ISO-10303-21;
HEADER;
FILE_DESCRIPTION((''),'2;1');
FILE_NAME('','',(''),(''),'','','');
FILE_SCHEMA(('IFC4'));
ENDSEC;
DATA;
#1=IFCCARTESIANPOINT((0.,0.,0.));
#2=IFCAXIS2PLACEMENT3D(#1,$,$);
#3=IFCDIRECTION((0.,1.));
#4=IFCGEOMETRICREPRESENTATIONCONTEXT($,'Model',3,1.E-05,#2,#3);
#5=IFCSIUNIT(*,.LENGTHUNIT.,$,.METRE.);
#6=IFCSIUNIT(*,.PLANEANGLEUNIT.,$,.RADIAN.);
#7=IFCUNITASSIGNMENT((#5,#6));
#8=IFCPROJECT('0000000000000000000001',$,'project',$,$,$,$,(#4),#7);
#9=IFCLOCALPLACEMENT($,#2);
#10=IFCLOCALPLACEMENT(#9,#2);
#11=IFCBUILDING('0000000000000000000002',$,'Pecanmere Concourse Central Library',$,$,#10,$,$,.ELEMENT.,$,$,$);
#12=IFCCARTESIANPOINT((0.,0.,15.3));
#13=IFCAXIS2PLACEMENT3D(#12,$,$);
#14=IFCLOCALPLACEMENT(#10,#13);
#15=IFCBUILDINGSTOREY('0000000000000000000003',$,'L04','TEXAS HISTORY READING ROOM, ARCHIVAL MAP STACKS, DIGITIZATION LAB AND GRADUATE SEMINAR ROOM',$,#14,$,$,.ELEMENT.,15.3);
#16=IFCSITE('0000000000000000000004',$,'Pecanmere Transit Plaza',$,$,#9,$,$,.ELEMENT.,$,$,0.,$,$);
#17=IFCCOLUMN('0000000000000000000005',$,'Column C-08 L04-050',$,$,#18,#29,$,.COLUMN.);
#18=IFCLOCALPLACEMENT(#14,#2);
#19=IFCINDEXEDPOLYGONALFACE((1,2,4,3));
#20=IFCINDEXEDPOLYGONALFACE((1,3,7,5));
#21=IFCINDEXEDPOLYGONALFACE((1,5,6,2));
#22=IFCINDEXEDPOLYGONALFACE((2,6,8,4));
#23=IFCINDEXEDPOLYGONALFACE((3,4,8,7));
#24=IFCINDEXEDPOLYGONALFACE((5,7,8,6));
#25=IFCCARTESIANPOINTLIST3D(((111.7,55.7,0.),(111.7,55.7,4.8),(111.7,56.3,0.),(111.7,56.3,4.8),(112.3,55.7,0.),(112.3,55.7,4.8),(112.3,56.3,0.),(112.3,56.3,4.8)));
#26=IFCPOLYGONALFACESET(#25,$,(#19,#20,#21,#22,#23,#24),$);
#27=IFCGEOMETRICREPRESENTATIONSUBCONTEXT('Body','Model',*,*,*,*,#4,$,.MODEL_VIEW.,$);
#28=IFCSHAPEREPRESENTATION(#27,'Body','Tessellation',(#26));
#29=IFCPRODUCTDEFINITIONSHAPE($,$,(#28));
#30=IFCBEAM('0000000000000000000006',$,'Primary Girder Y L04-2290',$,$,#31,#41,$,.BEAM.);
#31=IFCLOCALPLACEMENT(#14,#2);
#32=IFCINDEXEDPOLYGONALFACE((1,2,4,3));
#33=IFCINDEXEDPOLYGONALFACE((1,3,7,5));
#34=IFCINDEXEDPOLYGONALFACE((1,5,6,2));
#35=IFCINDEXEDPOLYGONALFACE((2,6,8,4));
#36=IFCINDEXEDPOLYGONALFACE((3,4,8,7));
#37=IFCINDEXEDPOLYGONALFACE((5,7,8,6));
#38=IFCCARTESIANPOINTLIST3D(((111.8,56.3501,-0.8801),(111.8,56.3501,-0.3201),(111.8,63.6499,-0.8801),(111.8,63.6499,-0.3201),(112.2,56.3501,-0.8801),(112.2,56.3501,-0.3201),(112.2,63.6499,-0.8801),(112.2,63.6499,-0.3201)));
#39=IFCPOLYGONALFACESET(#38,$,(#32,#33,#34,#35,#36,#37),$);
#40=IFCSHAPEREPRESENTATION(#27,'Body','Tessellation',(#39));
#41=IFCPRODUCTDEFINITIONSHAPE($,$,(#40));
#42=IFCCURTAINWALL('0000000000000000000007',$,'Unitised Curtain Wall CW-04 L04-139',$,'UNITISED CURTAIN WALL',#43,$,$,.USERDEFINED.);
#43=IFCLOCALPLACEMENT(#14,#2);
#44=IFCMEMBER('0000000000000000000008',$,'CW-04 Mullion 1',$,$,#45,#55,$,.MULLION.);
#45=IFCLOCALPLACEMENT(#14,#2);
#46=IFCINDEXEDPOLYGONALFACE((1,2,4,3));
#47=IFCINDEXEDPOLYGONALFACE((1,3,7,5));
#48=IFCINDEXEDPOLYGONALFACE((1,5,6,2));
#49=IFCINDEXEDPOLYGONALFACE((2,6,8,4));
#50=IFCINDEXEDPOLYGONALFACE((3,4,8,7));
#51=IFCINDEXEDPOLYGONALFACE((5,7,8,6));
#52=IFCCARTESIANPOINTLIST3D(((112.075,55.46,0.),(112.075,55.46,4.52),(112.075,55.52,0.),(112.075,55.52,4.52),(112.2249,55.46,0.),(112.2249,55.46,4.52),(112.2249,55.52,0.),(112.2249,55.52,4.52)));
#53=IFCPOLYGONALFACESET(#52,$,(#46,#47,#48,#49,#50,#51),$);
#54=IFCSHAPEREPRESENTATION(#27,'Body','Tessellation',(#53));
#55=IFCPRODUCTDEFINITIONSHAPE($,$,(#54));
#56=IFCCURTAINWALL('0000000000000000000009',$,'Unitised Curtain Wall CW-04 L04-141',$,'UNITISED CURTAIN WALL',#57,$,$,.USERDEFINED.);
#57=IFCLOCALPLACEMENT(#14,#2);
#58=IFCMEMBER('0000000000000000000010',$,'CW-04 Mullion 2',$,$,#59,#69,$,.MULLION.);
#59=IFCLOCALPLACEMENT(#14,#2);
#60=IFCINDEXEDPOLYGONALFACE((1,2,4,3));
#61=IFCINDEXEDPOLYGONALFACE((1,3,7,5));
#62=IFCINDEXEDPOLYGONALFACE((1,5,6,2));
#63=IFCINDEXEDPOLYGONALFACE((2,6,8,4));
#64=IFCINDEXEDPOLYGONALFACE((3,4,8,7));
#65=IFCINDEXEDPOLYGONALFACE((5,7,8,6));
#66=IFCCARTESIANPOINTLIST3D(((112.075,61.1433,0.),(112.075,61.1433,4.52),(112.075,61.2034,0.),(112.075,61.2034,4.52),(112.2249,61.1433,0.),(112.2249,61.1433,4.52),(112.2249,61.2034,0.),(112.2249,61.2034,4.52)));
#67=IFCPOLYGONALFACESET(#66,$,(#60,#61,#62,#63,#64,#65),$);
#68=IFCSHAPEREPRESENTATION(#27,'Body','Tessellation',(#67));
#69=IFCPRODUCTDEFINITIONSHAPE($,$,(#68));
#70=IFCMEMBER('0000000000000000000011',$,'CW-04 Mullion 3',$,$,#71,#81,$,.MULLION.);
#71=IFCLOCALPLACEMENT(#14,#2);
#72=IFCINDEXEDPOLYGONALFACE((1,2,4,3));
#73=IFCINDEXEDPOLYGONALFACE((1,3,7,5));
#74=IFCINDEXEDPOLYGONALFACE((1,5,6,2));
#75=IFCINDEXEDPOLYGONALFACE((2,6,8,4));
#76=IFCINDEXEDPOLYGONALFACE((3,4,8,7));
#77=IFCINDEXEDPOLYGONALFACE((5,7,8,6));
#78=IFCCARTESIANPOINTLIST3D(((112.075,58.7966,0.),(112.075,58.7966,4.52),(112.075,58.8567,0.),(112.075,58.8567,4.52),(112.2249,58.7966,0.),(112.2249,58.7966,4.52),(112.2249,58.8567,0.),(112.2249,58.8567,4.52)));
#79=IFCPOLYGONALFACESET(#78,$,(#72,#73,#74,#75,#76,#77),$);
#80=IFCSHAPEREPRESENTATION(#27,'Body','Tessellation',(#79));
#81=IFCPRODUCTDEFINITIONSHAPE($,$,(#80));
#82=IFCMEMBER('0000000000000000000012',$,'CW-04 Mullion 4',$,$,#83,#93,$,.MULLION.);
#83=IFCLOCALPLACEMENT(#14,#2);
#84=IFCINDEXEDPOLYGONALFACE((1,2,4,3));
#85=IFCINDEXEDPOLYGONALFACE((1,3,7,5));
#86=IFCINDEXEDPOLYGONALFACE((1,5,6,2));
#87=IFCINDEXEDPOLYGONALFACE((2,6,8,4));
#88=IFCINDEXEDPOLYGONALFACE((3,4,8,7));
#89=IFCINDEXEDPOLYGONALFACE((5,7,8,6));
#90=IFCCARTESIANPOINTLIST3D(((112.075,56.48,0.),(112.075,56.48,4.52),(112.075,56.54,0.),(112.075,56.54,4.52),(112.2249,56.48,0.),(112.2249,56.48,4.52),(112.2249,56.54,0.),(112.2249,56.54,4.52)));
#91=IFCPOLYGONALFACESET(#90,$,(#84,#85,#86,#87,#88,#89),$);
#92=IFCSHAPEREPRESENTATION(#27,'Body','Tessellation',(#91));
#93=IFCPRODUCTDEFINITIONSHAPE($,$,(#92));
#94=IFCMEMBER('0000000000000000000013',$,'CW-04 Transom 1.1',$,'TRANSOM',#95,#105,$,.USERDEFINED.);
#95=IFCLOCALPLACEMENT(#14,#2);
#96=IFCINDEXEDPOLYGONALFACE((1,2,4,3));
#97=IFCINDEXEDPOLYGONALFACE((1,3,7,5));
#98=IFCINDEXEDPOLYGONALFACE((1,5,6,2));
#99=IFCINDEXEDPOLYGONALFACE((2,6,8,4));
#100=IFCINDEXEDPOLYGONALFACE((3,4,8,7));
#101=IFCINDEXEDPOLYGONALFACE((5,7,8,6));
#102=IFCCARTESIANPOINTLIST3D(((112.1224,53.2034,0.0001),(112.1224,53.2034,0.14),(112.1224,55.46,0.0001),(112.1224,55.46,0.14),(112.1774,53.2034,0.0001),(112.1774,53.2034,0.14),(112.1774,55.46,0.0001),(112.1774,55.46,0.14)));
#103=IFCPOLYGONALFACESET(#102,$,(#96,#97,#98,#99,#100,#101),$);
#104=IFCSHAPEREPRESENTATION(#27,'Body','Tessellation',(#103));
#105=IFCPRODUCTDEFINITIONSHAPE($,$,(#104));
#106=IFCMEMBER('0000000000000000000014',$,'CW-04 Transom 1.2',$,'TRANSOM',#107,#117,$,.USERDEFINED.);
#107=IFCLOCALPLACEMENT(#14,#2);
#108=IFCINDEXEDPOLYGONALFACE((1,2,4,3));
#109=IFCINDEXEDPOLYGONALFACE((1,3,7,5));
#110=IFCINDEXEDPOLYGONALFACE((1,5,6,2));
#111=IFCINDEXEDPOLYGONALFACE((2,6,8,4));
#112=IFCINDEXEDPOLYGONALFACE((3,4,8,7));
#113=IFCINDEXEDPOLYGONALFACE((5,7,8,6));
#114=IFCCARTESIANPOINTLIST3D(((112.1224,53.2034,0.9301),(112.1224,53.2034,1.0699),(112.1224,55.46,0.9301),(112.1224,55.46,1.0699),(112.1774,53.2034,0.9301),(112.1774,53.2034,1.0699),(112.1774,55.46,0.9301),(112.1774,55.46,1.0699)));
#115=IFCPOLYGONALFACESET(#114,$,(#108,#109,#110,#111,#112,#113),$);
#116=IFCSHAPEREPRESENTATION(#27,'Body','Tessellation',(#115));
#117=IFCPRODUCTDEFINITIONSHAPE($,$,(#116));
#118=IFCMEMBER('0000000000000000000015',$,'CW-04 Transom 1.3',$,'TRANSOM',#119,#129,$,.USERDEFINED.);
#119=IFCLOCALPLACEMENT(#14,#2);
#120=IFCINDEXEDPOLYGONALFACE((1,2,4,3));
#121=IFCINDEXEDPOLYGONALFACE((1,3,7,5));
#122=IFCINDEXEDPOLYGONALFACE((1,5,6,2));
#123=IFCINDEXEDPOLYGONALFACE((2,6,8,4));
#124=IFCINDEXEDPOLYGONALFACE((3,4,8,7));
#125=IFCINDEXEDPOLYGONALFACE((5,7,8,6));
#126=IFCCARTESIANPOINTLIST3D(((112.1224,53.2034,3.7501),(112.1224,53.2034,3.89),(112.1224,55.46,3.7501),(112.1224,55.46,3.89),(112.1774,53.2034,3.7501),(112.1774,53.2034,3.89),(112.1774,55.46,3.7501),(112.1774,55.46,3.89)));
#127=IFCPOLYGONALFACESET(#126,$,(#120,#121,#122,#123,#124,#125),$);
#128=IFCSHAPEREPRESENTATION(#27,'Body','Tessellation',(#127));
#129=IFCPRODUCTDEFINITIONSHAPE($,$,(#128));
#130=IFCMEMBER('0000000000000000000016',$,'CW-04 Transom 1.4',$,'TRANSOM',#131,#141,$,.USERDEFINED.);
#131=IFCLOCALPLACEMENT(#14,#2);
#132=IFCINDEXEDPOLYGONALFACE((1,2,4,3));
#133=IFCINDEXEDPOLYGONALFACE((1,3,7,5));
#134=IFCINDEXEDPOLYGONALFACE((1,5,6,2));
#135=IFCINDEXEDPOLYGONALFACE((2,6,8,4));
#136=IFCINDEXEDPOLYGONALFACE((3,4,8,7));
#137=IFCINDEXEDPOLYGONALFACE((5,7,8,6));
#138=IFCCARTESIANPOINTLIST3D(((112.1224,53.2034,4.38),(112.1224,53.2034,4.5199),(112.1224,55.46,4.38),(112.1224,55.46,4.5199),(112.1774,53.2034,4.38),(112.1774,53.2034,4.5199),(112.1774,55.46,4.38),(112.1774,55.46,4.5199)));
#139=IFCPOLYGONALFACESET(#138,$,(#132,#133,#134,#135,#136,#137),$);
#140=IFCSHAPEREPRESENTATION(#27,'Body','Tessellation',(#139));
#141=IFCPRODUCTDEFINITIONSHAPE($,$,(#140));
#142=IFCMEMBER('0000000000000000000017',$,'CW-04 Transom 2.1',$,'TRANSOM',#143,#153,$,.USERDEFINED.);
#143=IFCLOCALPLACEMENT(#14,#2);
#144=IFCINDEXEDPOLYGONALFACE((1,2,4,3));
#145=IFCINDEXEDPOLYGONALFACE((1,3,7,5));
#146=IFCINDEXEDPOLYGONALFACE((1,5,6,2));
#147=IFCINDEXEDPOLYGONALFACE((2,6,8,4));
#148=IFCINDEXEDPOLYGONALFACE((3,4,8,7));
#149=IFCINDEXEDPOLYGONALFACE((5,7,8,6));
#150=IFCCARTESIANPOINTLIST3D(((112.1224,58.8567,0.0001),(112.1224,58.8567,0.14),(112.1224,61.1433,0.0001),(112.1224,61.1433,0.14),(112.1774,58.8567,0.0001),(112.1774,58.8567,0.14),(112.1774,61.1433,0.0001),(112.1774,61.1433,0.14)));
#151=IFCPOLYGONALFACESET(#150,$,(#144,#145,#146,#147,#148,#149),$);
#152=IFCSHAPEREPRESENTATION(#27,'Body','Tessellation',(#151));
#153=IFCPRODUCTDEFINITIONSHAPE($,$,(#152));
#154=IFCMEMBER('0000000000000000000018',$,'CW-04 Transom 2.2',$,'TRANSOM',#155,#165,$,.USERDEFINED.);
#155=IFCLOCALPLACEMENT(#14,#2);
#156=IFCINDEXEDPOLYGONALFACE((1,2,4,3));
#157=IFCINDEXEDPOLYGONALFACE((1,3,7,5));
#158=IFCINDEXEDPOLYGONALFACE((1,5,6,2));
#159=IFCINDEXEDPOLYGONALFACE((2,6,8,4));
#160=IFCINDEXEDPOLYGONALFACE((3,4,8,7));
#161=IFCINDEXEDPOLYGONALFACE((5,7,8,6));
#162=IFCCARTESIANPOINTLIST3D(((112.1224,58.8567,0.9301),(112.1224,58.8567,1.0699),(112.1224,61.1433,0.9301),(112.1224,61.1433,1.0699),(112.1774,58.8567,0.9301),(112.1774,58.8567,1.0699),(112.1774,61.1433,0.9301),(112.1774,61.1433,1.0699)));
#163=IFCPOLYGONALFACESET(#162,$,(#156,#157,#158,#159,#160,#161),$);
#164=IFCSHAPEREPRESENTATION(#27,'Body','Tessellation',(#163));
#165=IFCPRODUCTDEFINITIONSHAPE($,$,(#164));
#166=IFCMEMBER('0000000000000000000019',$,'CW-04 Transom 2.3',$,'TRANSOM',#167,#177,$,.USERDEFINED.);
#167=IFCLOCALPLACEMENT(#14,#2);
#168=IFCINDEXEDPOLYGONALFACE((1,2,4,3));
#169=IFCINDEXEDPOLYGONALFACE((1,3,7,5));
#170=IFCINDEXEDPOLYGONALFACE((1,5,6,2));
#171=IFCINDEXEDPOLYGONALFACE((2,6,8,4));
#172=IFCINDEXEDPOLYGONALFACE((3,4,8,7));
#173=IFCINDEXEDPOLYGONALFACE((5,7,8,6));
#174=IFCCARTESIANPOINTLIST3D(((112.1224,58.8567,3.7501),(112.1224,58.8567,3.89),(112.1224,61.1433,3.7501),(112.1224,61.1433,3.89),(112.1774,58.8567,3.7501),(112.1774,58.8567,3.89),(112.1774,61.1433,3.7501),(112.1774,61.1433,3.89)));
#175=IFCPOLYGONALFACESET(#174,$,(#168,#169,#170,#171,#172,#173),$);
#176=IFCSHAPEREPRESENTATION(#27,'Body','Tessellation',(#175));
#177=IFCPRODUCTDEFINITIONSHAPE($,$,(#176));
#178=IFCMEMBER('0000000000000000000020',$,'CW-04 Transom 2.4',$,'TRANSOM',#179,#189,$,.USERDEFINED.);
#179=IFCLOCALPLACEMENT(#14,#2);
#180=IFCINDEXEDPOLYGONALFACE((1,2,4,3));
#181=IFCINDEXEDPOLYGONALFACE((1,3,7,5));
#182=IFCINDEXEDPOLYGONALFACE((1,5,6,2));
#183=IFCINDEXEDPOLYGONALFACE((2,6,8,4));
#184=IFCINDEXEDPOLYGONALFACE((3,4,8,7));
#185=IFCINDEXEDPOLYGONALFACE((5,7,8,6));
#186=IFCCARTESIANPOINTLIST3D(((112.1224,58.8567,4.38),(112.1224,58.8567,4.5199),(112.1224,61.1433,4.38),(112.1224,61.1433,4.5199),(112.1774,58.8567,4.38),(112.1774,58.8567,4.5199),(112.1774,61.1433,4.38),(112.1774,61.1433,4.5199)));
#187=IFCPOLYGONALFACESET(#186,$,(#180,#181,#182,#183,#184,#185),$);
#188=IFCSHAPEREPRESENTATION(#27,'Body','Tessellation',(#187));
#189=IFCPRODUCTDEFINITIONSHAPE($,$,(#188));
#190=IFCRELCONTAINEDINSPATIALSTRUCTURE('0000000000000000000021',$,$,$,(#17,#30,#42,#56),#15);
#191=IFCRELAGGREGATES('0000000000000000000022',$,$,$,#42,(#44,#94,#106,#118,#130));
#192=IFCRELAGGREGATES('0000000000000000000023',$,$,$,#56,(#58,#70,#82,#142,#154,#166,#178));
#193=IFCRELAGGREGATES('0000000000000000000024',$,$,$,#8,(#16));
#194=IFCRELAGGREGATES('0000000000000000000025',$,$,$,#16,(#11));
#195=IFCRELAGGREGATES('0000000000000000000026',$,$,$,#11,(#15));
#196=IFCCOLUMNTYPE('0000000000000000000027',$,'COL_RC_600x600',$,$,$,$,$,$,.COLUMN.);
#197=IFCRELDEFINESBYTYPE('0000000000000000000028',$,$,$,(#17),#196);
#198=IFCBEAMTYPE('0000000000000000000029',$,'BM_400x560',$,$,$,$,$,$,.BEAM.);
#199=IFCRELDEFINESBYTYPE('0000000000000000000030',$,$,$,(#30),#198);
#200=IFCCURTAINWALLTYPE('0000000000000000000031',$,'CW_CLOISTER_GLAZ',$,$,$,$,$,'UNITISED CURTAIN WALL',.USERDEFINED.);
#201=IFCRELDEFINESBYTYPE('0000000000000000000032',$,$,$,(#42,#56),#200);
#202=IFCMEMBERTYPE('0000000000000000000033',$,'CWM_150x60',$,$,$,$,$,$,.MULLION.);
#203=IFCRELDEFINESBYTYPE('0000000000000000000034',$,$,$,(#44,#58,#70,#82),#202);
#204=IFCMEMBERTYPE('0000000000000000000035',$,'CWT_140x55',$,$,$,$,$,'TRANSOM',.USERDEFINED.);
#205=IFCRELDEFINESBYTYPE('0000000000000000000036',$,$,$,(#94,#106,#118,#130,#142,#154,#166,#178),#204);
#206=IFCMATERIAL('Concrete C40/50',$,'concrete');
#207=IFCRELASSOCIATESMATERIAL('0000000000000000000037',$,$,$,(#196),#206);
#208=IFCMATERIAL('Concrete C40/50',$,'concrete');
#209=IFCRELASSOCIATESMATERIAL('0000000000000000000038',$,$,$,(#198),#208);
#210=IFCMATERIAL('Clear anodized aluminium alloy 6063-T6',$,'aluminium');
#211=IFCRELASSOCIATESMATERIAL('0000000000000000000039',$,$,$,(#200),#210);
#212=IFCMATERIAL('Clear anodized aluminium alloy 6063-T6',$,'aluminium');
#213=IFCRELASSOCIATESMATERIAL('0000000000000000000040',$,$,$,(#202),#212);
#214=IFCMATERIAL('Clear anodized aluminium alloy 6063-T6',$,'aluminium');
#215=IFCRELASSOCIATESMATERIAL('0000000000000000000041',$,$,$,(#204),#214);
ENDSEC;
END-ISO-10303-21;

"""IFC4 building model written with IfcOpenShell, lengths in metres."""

from ifc_helpers import new_model, si_unit, direction, frame, origin, origin_2d, place, context, subcontext, project, spatial, rectangle, extrude, material, material_profile, profile_set, type_object, element, aggregate, save


model = new_model("IFC4")

# Units and contexts
model_context = context("Model", 3, precision=1e-05, world=origin(), true_north=direction((0.0, 1.0)))
body_context = subcontext(model_context, "Body", "Model", "MODEL_VIEW")
ifc_project = project(units=[si_unit("LENGTHUNIT", "METRE"), si_unit("PLANEANGLEUNIT", "RADIAN")], contexts=[model_context])

# Site, building, storey
site_placement = place(None, origin())
site = spatial("IfcSite", under=ifc_project, at=site_placement, Name="Pecanmere Transit Plaza", CompositionType="ELEMENT", RefElevation=0.0)
building_placement = place(site_placement, origin())
building = spatial("IfcBuilding", under=site, at=building_placement, Name="Pecanmere Concourse Central Library", CompositionType="ELEMENT")
storey_placement = place(building_placement, frame((0.0, 0.0, 15.3)))
storey = spatial("IfcBuildingStorey", under=building, at=storey_placement, Name="L04", Description="TEXAS HISTORY READING ROOM, ARCHIVAL MAP STACKS, DIGITIZATION LAB AND GRADUATE SEMINAR ROOM", CompositionType="ELEMENT", Elevation=15.3)

# Column
ifc_material_1 = material(Name="Concrete C40/50", Category="concrete")
ifc_material_profile_1 = material_profile(ifc_material_1, rectangle(XDim=0.6001, YDim=0.6001, at=origin_2d()), Name="RC 600x600")
ifc_profile_set_1 = profile_set([ifc_material_profile_1], Name="Concrete C40/50")
column_type = type_object("IfcColumnType", Name="COL_RC_600x600", PredefinedType="COLUMN", material=ifc_profile_set_1)
column_placement = place(storey_placement, frame((112.0, 56.0, 0.0), z_axis=(0.0, 0.0, 1.0), x_axis=(1.0, 0.0, 0.0)))
element("IfcColumn", 1, at=column_placement, inside=storey, type_object=column_type, Name="Column C-08 L04-050", PredefinedType="COLUMN", context=body_context, shape_type="SweptSolid", body=[
    extrude(rectangle(XDim=0.6001, YDim=0.6001, at=origin_2d()), origin(), (0.0, 0.0, 1.0), 4.8),
])

# Beam
ifc_material_2 = material(Name="Concrete C40/50", Category="concrete")
ifc_material_profile_2 = material_profile(ifc_material_2, rectangle(XDim=0.3999, YDim=0.5601, at=origin_2d()), Name="RC 400x560")
ifc_profile_set_2 = profile_set([ifc_material_profile_2], Name="Concrete C40/50")
beam_type = type_object("IfcBeamType", Name="BM_400x560", PredefinedType="BEAM", material=ifc_profile_set_2)
beam_placement = place(storey_placement, frame((112.0, 56.3501, -0.6001), z_axis=(0.0, 1.0, 0.0), x_axis=(-1.0, 0.0, 0.0)))
element("IfcBeam", 2, at=beam_placement, inside=storey, type_object=beam_type, Name="Primary Girder Y L04-2290", PredefinedType="BEAM", context=body_context, shape_type="SweptSolid", body=[
    extrude(rectangle(XDim=0.3999, YDim=0.5601, at=origin_2d()), origin(), (0.0, 0.0, 1.0), 7.2998),
])

# Curtain wall, member
ifc_material_3 = material(Name="Clear anodized aluminium alloy 6063-T6", Category="aluminium")
curtain_wall_type = type_object("IfcCurtainWallType", Name="CW_CLOISTER_GLAZ", ElementType="UNITISED CURTAIN WALL", PredefinedType="USERDEFINED", material=ifc_material_3)
curtain_wall_1_placement = place(storey_placement, origin())
curtain_wall_1 = element("IfcCurtainWall", 3, at=curtain_wall_1_placement, inside=storey, type_object=curtain_wall_type, Name="Unitised Curtain Wall CW-04 L04-139", ObjectType="UNITISED CURTAIN WALL", PredefinedType="USERDEFINED")
ifc_material_4 = material(Name="Clear anodized aluminium alloy 6063-T6", Category="aluminium")
ifc_material_profile_3 = material_profile(ifc_material_4, rectangle(XDim=0.0601, YDim=0.1499, at=origin_2d()), Name="AL 60x150")
ifc_profile_set_3 = profile_set([ifc_material_profile_3], Name="Clear anodized aluminium alloy 6063-T6")
member_type_1 = type_object("IfcMemberType", Name="CWM_150x60", PredefinedType="MULLION", material=ifc_profile_set_3)
member_1_placement = place(storey_placement, frame((112.1499, 55.49, 0.0), z_axis=(0.0, 0.0, 1.0), x_axis=(0.0, -1.0, 0.0)))
member_1 = element("IfcMember", 4, at=member_1_placement, type_object=member_type_1, Name="CW-04 Mullion 1", PredefinedType="MULLION", context=body_context, shape_type="SweptSolid", body=[
    extrude(rectangle(XDim=0.0601, YDim=0.1499, at=origin_2d()), origin(), (0.0, 0.0, 1.0), 4.52),
])

# Curtain wall, members
curtain_wall_2_placement = place(storey_placement, origin())
curtain_wall_2 = element("IfcCurtainWall", 5, at=curtain_wall_2_placement, inside=storey, type_object=curtain_wall_type, Name="Unitised Curtain Wall CW-04 L04-141", ObjectType="UNITISED CURTAIN WALL", PredefinedType="USERDEFINED")
member_2_placement = place(storey_placement, frame((112.1499, 61.1733, 0.0), z_axis=(0.0, 0.0, 1.0), x_axis=(0.0, -1.0, 0.0)))
member_2 = element("IfcMember", 6, at=member_2_placement, type_object=member_type_1, Name="CW-04 Mullion 2", PredefinedType="MULLION", context=body_context, shape_type="SweptSolid", body=[
    extrude(rectangle(XDim=0.0601, YDim=0.1499, at=origin_2d()), origin(), (0.0, 0.0, 1.0), 4.52),
])
member_3_placement = place(storey_placement, frame((112.1499, 58.8267, 0.0), z_axis=(0.0, 0.0, 1.0), x_axis=(0.0, -1.0, 0.0)))
member_3 = element("IfcMember", 7, at=member_3_placement, type_object=member_type_1, Name="CW-04 Mullion 3", PredefinedType="MULLION", context=body_context, shape_type="SweptSolid", body=[
    extrude(rectangle(XDim=0.0601, YDim=0.1499, at=origin_2d()), origin(), (0.0, 0.0, 1.0), 4.52),
])
member_4_placement = place(storey_placement, frame((112.1499, 56.51, 0.0), z_axis=(0.0, 0.0, 1.0), x_axis=(0.0, -1.0, 0.0)))
member_4 = element("IfcMember", 8, at=member_4_placement, type_object=member_type_1, Name="CW-04 Mullion 4", PredefinedType="MULLION", context=body_context, shape_type="SweptSolid", body=[
    extrude(rectangle(XDim=0.0601, YDim=0.1499, at=origin_2d()), origin(), (0.0, 0.0, 1.0), 4.52),
])

# Members
ifc_material_5 = material(Name="Clear anodized aluminium alloy 6063-T6", Category="aluminium")
ifc_material_profile_4 = material_profile(ifc_material_5, rectangle(XDim=0.0549, YDim=0.1399, at=origin_2d()), Name="AL 55x140")
ifc_profile_set_4 = profile_set([ifc_material_profile_4], Name="Clear anodized aluminium alloy 6063-T6")
member_type_2 = type_object("IfcMemberType", Name="CWT_140x55", ElementType="TRANSOM", PredefinedType="USERDEFINED", material=ifc_profile_set_4)
member_5_placement = place(storey_placement, frame((112.1499, 55.46, 0.0701), z_axis=(0.0, -1.0, 0.0), x_axis=(1.0, 0.0, 0.0)))
member_5 = element("IfcMember", 9, at=member_5_placement, type_object=member_type_2, Name="CW-04 Transom 1.1", ObjectType="TRANSOM", PredefinedType="USERDEFINED", context=body_context, shape_type="SweptSolid", body=[
    extrude(rectangle(XDim=0.0549, YDim=0.1399, at=origin_2d()), origin(), (0.0, 0.0, 1.0), 2.2566),
])
member_6_placement = place(storey_placement, frame((112.1499, 55.46, 1.0), z_axis=(0.0, -1.0, 0.0), x_axis=(1.0, 0.0, 0.0)))
member_6 = element("IfcMember", 10, at=member_6_placement, type_object=member_type_2, Name="CW-04 Transom 1.2", ObjectType="TRANSOM", PredefinedType="USERDEFINED", context=body_context, shape_type="SweptSolid", body=[
    extrude(rectangle(XDim=0.0549, YDim=0.1399, at=origin_2d()), origin(), (0.0, 0.0, 1.0), 2.2566),
])
member_7_placement = place(storey_placement, frame((112.1499, 55.46, 3.8201), z_axis=(0.0, -1.0, 0.0), x_axis=(1.0, 0.0, 0.0)))
member_7 = element("IfcMember", 11, at=member_7_placement, type_object=member_type_2, Name="CW-04 Transom 1.3", ObjectType="TRANSOM", PredefinedType="USERDEFINED", context=body_context, shape_type="SweptSolid", body=[
    extrude(rectangle(XDim=0.0549, YDim=0.1399, at=origin_2d()), origin(), (0.0, 0.0, 1.0), 2.2566),
])
member_8_placement = place(storey_placement, frame((112.1499, 55.46, 4.45), z_axis=(0.0, -1.0, 0.0), x_axis=(1.0, 0.0, 0.0)))
member_8 = element("IfcMember", 12, at=member_8_placement, type_object=member_type_2, Name="CW-04 Transom 1.4", ObjectType="TRANSOM", PredefinedType="USERDEFINED", context=body_context, shape_type="SweptSolid", body=[
    extrude(rectangle(XDim=0.0549, YDim=0.1399, at=origin_2d()), origin(), (0.0, 0.0, 1.0), 2.2566),
])
member_9_placement = place(storey_placement, frame((112.1499, 61.1433, 0.0701), z_axis=(0.0, -1.0, 0.0), x_axis=(1.0, 0.0, 0.0)))
member_9 = element("IfcMember", 13, at=member_9_placement, type_object=member_type_2, Name="CW-04 Transom 2.1", ObjectType="TRANSOM", PredefinedType="USERDEFINED", context=body_context, shape_type="SweptSolid", body=[
    extrude(rectangle(XDim=0.0549, YDim=0.1399, at=origin_2d()), origin(), (0.0, 0.0, 1.0), 2.2866),
])
member_10_placement = place(storey_placement, frame((112.1499, 61.1433, 1.0), z_axis=(0.0, -1.0, 0.0), x_axis=(1.0, 0.0, 0.0)))
member_10 = element("IfcMember", 14, at=member_10_placement, type_object=member_type_2, Name="CW-04 Transom 2.2", ObjectType="TRANSOM", PredefinedType="USERDEFINED", context=body_context, shape_type="SweptSolid", body=[
    extrude(rectangle(XDim=0.0549, YDim=0.1399, at=origin_2d()), origin(), (0.0, 0.0, 1.0), 2.2866),
])
member_11_placement = place(storey_placement, frame((112.1499, 61.1433, 3.8201), z_axis=(0.0, -1.0, 0.0), x_axis=(1.0, 0.0, 0.0)))
member_11 = element("IfcMember", 15, at=member_11_placement, type_object=member_type_2, Name="CW-04 Transom 2.3", ObjectType="TRANSOM", PredefinedType="USERDEFINED", context=body_context, shape_type="SweptSolid", body=[
    extrude(rectangle(XDim=0.0549, YDim=0.1399, at=origin_2d()), origin(), (0.0, 0.0, 1.0), 2.2866),
])
member_12_placement = place(storey_placement, frame((112.1499, 61.1433, 4.45), z_axis=(0.0, -1.0, 0.0), x_axis=(1.0, 0.0, 0.0)))
member_12 = element("IfcMember", 16, at=member_12_placement, type_object=member_type_2, Name="CW-04 Transom 2.4", ObjectType="TRANSOM", PredefinedType="USERDEFINED", context=body_context, shape_type="SweptSolid", body=[
    extrude(rectangle(XDim=0.0549, YDim=0.1399, at=origin_2d()), origin(), (0.0, 0.0, 1.0), 2.2866),
])

aggregate(curtain_wall_1, [member_1, member_5, member_6, member_7, member_8])
aggregate(curtain_wall_2, [member_2, member_3, member_4, member_9, member_10, member_11, member_12])

save(model, "model.ifc")
